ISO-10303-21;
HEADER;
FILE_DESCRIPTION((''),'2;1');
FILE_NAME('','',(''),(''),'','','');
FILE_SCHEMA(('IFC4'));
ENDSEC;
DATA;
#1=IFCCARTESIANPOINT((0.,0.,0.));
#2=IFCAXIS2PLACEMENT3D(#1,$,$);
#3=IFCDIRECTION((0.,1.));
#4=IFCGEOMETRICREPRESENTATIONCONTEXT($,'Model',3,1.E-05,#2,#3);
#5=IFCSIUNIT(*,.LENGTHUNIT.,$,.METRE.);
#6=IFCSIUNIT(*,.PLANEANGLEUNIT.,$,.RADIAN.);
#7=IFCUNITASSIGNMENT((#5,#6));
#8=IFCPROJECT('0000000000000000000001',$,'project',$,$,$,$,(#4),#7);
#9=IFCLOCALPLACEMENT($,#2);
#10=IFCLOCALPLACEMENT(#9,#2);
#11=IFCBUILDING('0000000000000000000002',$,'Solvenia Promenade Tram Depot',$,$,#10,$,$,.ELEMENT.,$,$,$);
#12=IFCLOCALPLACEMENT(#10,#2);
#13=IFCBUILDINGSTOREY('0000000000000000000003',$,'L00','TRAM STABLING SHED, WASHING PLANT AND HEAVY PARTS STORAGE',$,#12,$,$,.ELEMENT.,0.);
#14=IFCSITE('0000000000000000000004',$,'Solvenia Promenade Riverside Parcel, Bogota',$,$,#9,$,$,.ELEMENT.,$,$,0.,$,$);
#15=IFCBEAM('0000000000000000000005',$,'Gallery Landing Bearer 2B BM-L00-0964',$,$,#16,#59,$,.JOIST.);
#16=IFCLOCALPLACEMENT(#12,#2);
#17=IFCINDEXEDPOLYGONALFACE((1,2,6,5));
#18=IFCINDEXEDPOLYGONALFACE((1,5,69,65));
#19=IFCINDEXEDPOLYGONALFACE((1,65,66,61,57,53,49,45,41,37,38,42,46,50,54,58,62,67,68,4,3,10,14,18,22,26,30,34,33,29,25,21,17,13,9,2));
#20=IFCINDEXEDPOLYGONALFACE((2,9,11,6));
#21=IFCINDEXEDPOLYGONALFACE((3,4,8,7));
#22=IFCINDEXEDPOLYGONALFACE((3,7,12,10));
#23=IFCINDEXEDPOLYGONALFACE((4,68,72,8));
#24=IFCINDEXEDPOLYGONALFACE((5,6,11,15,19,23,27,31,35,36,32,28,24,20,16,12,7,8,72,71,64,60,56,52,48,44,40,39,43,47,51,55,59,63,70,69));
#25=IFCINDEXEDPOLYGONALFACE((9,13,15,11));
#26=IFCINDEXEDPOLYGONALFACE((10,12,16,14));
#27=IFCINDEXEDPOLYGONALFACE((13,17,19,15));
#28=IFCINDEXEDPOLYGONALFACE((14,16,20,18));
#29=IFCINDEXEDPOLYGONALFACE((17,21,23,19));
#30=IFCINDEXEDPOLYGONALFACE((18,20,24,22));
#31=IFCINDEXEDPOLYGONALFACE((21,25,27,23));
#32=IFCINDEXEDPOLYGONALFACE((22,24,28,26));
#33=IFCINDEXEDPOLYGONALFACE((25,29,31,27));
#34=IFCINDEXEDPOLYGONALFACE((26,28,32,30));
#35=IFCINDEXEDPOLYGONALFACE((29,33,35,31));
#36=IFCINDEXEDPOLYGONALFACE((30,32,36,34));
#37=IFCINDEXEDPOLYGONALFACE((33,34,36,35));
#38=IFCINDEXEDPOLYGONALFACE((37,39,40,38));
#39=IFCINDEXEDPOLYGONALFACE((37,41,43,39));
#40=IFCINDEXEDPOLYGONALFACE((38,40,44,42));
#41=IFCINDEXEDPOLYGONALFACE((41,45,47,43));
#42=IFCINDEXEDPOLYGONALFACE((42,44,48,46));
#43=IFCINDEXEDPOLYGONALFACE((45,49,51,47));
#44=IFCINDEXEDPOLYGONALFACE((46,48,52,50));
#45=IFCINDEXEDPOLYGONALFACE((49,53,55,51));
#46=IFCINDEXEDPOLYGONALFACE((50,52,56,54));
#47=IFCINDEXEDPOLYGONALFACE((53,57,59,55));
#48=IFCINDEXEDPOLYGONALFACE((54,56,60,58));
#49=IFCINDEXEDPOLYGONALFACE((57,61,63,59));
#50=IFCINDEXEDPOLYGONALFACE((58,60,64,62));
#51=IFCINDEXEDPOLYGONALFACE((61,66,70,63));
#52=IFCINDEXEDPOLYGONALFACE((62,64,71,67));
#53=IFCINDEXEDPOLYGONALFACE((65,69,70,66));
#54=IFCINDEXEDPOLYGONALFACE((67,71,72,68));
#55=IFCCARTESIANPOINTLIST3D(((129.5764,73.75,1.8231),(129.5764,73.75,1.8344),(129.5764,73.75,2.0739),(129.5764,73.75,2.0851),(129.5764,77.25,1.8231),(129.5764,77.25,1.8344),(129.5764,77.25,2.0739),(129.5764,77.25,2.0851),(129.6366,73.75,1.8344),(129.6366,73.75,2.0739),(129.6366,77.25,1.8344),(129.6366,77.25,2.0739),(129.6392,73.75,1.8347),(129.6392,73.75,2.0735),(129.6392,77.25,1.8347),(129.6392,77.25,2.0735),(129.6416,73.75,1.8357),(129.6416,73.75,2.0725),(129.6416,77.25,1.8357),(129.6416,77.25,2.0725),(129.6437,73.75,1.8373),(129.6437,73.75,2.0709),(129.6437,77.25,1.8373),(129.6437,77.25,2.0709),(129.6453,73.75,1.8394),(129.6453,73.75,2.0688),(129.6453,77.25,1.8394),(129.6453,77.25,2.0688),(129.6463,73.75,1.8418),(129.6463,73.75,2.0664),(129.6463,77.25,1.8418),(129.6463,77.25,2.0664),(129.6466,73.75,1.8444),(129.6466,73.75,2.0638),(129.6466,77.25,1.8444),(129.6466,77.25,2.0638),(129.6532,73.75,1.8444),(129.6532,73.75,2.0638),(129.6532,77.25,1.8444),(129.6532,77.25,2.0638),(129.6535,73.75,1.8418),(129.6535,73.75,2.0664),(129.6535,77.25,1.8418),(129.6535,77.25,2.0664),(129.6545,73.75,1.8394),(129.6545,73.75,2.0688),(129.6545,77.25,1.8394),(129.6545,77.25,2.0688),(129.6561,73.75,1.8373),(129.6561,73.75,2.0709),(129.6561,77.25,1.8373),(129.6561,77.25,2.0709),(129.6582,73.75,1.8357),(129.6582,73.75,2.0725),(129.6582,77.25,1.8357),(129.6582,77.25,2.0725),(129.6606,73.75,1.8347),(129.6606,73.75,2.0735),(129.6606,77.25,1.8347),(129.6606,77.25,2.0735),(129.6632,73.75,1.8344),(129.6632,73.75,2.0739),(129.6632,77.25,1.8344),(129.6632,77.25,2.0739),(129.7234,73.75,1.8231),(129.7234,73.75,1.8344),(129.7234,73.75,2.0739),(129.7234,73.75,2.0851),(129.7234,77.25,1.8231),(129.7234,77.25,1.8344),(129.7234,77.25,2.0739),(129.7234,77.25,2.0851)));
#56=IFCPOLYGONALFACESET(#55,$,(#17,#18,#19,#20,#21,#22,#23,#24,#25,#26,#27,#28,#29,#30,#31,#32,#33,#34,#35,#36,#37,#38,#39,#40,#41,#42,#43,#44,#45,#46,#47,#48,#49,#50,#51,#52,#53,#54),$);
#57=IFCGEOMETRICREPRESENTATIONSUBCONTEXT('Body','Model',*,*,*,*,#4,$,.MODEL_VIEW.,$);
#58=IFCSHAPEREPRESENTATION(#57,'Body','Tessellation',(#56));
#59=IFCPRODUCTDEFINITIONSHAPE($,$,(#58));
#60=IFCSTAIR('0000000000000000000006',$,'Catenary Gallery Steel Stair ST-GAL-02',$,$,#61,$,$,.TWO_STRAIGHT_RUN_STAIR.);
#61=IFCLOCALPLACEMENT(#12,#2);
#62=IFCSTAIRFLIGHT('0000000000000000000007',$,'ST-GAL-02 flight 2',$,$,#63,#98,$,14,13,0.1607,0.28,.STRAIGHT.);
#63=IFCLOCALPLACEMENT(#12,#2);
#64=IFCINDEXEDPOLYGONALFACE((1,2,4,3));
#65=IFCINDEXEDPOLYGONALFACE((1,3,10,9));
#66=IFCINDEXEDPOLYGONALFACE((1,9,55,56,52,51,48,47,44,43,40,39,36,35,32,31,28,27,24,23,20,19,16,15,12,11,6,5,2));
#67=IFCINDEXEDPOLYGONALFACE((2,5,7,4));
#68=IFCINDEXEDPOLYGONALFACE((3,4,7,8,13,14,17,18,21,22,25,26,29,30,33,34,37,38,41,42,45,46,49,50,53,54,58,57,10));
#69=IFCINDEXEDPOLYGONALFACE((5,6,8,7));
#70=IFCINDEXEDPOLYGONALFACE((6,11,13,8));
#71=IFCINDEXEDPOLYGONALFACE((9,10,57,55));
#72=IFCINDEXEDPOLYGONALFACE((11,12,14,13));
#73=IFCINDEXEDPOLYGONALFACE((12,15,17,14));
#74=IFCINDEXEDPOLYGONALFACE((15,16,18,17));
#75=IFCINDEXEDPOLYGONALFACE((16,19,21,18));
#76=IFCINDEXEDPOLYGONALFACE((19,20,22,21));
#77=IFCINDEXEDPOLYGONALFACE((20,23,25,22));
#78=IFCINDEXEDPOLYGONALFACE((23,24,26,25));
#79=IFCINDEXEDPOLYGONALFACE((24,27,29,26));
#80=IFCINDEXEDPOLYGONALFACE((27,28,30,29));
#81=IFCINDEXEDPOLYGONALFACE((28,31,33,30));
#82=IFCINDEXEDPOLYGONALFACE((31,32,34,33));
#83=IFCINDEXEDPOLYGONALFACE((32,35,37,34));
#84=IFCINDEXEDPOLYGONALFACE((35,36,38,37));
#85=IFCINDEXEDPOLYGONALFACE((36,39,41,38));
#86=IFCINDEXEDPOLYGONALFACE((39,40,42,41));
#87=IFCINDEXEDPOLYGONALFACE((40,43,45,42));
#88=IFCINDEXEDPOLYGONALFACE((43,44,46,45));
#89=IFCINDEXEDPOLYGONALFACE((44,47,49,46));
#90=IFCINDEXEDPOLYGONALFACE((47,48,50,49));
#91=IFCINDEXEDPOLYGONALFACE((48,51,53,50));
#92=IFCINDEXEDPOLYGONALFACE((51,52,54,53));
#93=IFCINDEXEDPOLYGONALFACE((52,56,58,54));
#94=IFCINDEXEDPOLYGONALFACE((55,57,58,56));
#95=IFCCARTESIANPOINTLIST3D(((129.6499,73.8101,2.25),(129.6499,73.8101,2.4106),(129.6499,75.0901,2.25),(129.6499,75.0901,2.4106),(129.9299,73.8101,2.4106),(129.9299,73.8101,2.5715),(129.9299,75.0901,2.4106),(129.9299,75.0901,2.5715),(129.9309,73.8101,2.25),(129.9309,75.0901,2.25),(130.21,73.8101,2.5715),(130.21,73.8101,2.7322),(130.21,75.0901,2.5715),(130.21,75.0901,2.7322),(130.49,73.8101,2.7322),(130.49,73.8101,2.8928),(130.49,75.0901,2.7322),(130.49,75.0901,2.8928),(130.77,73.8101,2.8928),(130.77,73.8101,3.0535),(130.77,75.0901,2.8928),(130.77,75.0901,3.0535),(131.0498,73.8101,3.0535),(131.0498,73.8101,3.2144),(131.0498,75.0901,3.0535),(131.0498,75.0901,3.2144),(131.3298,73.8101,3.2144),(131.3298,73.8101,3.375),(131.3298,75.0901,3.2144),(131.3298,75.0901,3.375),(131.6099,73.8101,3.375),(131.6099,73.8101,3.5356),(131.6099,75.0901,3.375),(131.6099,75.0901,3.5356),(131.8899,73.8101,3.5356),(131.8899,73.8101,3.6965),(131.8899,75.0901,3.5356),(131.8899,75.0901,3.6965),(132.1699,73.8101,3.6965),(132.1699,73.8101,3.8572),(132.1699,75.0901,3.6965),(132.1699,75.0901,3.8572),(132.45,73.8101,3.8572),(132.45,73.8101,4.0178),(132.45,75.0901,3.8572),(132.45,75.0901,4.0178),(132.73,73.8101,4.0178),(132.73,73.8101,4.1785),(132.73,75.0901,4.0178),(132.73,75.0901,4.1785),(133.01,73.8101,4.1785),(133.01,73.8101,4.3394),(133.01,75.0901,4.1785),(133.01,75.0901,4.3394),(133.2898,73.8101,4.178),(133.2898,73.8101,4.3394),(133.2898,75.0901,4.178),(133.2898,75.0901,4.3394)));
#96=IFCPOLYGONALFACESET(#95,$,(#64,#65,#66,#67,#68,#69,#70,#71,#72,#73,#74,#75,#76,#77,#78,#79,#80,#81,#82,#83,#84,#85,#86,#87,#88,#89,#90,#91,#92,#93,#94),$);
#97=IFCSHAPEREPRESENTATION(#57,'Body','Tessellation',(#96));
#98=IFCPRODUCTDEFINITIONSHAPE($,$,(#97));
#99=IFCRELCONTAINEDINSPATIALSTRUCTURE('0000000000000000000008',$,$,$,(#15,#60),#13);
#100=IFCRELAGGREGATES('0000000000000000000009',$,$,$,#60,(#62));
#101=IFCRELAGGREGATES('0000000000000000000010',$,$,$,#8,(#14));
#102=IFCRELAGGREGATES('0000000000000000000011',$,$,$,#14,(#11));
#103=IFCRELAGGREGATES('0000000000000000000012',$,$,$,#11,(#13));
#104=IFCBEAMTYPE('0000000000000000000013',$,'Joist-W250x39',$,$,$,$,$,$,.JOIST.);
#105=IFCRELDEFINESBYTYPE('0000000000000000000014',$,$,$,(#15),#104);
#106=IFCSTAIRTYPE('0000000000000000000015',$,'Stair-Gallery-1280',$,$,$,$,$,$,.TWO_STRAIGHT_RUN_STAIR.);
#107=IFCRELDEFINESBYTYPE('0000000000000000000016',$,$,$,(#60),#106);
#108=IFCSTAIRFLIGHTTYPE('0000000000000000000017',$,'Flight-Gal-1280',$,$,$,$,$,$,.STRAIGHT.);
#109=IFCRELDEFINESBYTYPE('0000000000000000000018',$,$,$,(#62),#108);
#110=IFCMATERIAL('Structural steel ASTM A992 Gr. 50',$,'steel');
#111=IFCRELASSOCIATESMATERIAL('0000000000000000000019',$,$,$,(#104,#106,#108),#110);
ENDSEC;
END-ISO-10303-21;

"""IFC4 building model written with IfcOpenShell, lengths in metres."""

from ifc_helpers import new_model, si_unit, direction, frame, origin, origin_2d, place, context, subcontext, project, spatial, polyline, i_section, outline, extrude, material, material_profile, profile_set, type_object, element, aggregate, save


model = new_model("IFC4")

# Units and contexts
model_context = context("Model", 3, precision=1e-05, world=origin(), true_north=direction((0.0, 1.0)))
body_context = subcontext(model_context, "Body", "Model", "MODEL_VIEW")
ifc_project = project(units=[si_unit("LENGTHUNIT", "METRE"), si_unit("PLANEANGLEUNIT", "RADIAN")], contexts=[model_context])

# Site, building, storey
site_placement = place(None, origin())
site = spatial("IfcSite", under=ifc_project, at=site_placement, Name="Solvenia Promenade Riverside Parcel, Bogota", CompositionType="ELEMENT", RefElevation=0.0)
building_placement = place(site_placement, origin())
building = spatial("IfcBuilding", under=site, at=building_placement, Name="Solvenia Promenade Tram Depot", CompositionType="ELEMENT")
storey_placement = place(building_placement, origin())
storey = spatial("IfcBuildingStorey", under=building, at=storey_placement, Name="L00", Description="TRAM STABLING SHED, WASHING PLANT AND HEAVY PARTS STORAGE", CompositionType="ELEMENT", Elevation=0.0)

# Shared definitions
ifc_material_1 = material(Name="Structural steel ASTM A992 Gr. 50", Category="steel")

# Beam
ifc_material_profile_1 = material_profile(ifc_material_1, i_section(OverallWidth=0.147, OverallDepth=0.262, WebThickness=0.0066, FlangeThickness=0.0112, FilletRadius=0.01, at=origin_2d()), Name="W250x39", Category="steel")
ifc_profile_set_1 = profile_set([ifc_material_profile_1], Name="Structural steel ASTM A992 Gr. 50")
beam_type = type_object("IfcBeamType", Name="Joist-W250x39", PredefinedType="JOIST", material=ifc_profile_set_1)
for number, where, z_axis, x_axis, name in (
    (1, (129.6499, 73.75, 1.9541), (0.0, 1.0, 0.0), (-1.0, 0.0, 0.0), "Gallery Landing Bearer 2B BM-L00-0964"),
):
    element("IfcBeam", number, at=place(storey_placement, frame(where, z_axis=z_axis, x_axis=x_axis)), inside=storey, type_object=beam_type, Name=name, PredefinedType="JOIST", context=body_context, shape_type="SweptSolid", body=[
        extrude(i_section(OverallWidth=0.147, OverallDepth=0.262, WebThickness=0.0066, FlangeThickness=0.0112, FilletRadius=0.01, at=origin_2d()), origin(), (0.0, 0.0, 1.0), 3.5),
    ])

# Stair, stair flight
stair_type = type_object("IfcStairType", Name="Stair-Gallery-1280", PredefinedType="TWO_STRAIGHT_RUN_STAIR", material=ifc_material_1)
stair_placement = place(storey_placement, origin())
stair = element("IfcStair", 2, at=stair_placement, inside=storey, type_object=stair_type, Name="Catenary Gallery Steel Stair ST-GAL-02", PredefinedType="TWO_STRAIGHT_RUN_STAIR")
stair_flight_type = type_object("IfcStairFlightType", Name="Flight-Gal-1280", PredefinedType="STRAIGHT", material=ifc_material_1)
stair_flight_placement = place(storey_placement, frame((129.6499, 74.45, 2.25), z_axis=(0.0, 0.0, 1.0), x_axis=(1.0, 0.0, 0.0)))
stair_flight = element("IfcStairFlight", 3, at=stair_flight_placement, type_object=stair_flight_type, Name="ST-GAL-02 flight 2", NumberOfRisers=14, NumberOfTreads=13, PredefinedType="STRAIGHT", RiserHeight=0.1607, TreadLength=0.28, context=body_context, shape_type="SweptSolid", body=[
    extrude(outline(polyline([(0.0, 0.0), (0.0, 0.1606), (0.28, 0.1606), (0.28, 0.3215), (0.5601, 0.3215), (0.5601, 0.4822), (0.8401, 0.4822), (0.8401, 0.6428), (1.1201, 0.6428), (1.1201, 0.8035), (1.3999, 0.8035), (1.3999, 0.9644), (1.6799, 0.9644), (1.6799, 1.125), (1.96, 1.125), (1.96, 1.2856), (2.24, 1.2856), (2.24, 1.4465), (2.52, 1.4465), (2.52, 1.6072), (2.8, 1.6072), (2.8, 1.7678), (3.0801, 1.7678), (3.0801, 1.9285), (3.3601, 1.9285), (3.3601, 2.0894), (3.6399, 2.0894), (3.6399, 2.25), (3.6399, 1.928), (0.281, 0.0), (0.0, 0.0)])), frame((0.0, 0.6401, 0.0), z_axis=(0.0, -1.0, 0.0), x_axis=(1.0, 0.0, 0.0)), (0.0, 0.0, 1.0), 1.28),
])
aggregate(stair, [stair_flight])

save(model, "model.ifc")
